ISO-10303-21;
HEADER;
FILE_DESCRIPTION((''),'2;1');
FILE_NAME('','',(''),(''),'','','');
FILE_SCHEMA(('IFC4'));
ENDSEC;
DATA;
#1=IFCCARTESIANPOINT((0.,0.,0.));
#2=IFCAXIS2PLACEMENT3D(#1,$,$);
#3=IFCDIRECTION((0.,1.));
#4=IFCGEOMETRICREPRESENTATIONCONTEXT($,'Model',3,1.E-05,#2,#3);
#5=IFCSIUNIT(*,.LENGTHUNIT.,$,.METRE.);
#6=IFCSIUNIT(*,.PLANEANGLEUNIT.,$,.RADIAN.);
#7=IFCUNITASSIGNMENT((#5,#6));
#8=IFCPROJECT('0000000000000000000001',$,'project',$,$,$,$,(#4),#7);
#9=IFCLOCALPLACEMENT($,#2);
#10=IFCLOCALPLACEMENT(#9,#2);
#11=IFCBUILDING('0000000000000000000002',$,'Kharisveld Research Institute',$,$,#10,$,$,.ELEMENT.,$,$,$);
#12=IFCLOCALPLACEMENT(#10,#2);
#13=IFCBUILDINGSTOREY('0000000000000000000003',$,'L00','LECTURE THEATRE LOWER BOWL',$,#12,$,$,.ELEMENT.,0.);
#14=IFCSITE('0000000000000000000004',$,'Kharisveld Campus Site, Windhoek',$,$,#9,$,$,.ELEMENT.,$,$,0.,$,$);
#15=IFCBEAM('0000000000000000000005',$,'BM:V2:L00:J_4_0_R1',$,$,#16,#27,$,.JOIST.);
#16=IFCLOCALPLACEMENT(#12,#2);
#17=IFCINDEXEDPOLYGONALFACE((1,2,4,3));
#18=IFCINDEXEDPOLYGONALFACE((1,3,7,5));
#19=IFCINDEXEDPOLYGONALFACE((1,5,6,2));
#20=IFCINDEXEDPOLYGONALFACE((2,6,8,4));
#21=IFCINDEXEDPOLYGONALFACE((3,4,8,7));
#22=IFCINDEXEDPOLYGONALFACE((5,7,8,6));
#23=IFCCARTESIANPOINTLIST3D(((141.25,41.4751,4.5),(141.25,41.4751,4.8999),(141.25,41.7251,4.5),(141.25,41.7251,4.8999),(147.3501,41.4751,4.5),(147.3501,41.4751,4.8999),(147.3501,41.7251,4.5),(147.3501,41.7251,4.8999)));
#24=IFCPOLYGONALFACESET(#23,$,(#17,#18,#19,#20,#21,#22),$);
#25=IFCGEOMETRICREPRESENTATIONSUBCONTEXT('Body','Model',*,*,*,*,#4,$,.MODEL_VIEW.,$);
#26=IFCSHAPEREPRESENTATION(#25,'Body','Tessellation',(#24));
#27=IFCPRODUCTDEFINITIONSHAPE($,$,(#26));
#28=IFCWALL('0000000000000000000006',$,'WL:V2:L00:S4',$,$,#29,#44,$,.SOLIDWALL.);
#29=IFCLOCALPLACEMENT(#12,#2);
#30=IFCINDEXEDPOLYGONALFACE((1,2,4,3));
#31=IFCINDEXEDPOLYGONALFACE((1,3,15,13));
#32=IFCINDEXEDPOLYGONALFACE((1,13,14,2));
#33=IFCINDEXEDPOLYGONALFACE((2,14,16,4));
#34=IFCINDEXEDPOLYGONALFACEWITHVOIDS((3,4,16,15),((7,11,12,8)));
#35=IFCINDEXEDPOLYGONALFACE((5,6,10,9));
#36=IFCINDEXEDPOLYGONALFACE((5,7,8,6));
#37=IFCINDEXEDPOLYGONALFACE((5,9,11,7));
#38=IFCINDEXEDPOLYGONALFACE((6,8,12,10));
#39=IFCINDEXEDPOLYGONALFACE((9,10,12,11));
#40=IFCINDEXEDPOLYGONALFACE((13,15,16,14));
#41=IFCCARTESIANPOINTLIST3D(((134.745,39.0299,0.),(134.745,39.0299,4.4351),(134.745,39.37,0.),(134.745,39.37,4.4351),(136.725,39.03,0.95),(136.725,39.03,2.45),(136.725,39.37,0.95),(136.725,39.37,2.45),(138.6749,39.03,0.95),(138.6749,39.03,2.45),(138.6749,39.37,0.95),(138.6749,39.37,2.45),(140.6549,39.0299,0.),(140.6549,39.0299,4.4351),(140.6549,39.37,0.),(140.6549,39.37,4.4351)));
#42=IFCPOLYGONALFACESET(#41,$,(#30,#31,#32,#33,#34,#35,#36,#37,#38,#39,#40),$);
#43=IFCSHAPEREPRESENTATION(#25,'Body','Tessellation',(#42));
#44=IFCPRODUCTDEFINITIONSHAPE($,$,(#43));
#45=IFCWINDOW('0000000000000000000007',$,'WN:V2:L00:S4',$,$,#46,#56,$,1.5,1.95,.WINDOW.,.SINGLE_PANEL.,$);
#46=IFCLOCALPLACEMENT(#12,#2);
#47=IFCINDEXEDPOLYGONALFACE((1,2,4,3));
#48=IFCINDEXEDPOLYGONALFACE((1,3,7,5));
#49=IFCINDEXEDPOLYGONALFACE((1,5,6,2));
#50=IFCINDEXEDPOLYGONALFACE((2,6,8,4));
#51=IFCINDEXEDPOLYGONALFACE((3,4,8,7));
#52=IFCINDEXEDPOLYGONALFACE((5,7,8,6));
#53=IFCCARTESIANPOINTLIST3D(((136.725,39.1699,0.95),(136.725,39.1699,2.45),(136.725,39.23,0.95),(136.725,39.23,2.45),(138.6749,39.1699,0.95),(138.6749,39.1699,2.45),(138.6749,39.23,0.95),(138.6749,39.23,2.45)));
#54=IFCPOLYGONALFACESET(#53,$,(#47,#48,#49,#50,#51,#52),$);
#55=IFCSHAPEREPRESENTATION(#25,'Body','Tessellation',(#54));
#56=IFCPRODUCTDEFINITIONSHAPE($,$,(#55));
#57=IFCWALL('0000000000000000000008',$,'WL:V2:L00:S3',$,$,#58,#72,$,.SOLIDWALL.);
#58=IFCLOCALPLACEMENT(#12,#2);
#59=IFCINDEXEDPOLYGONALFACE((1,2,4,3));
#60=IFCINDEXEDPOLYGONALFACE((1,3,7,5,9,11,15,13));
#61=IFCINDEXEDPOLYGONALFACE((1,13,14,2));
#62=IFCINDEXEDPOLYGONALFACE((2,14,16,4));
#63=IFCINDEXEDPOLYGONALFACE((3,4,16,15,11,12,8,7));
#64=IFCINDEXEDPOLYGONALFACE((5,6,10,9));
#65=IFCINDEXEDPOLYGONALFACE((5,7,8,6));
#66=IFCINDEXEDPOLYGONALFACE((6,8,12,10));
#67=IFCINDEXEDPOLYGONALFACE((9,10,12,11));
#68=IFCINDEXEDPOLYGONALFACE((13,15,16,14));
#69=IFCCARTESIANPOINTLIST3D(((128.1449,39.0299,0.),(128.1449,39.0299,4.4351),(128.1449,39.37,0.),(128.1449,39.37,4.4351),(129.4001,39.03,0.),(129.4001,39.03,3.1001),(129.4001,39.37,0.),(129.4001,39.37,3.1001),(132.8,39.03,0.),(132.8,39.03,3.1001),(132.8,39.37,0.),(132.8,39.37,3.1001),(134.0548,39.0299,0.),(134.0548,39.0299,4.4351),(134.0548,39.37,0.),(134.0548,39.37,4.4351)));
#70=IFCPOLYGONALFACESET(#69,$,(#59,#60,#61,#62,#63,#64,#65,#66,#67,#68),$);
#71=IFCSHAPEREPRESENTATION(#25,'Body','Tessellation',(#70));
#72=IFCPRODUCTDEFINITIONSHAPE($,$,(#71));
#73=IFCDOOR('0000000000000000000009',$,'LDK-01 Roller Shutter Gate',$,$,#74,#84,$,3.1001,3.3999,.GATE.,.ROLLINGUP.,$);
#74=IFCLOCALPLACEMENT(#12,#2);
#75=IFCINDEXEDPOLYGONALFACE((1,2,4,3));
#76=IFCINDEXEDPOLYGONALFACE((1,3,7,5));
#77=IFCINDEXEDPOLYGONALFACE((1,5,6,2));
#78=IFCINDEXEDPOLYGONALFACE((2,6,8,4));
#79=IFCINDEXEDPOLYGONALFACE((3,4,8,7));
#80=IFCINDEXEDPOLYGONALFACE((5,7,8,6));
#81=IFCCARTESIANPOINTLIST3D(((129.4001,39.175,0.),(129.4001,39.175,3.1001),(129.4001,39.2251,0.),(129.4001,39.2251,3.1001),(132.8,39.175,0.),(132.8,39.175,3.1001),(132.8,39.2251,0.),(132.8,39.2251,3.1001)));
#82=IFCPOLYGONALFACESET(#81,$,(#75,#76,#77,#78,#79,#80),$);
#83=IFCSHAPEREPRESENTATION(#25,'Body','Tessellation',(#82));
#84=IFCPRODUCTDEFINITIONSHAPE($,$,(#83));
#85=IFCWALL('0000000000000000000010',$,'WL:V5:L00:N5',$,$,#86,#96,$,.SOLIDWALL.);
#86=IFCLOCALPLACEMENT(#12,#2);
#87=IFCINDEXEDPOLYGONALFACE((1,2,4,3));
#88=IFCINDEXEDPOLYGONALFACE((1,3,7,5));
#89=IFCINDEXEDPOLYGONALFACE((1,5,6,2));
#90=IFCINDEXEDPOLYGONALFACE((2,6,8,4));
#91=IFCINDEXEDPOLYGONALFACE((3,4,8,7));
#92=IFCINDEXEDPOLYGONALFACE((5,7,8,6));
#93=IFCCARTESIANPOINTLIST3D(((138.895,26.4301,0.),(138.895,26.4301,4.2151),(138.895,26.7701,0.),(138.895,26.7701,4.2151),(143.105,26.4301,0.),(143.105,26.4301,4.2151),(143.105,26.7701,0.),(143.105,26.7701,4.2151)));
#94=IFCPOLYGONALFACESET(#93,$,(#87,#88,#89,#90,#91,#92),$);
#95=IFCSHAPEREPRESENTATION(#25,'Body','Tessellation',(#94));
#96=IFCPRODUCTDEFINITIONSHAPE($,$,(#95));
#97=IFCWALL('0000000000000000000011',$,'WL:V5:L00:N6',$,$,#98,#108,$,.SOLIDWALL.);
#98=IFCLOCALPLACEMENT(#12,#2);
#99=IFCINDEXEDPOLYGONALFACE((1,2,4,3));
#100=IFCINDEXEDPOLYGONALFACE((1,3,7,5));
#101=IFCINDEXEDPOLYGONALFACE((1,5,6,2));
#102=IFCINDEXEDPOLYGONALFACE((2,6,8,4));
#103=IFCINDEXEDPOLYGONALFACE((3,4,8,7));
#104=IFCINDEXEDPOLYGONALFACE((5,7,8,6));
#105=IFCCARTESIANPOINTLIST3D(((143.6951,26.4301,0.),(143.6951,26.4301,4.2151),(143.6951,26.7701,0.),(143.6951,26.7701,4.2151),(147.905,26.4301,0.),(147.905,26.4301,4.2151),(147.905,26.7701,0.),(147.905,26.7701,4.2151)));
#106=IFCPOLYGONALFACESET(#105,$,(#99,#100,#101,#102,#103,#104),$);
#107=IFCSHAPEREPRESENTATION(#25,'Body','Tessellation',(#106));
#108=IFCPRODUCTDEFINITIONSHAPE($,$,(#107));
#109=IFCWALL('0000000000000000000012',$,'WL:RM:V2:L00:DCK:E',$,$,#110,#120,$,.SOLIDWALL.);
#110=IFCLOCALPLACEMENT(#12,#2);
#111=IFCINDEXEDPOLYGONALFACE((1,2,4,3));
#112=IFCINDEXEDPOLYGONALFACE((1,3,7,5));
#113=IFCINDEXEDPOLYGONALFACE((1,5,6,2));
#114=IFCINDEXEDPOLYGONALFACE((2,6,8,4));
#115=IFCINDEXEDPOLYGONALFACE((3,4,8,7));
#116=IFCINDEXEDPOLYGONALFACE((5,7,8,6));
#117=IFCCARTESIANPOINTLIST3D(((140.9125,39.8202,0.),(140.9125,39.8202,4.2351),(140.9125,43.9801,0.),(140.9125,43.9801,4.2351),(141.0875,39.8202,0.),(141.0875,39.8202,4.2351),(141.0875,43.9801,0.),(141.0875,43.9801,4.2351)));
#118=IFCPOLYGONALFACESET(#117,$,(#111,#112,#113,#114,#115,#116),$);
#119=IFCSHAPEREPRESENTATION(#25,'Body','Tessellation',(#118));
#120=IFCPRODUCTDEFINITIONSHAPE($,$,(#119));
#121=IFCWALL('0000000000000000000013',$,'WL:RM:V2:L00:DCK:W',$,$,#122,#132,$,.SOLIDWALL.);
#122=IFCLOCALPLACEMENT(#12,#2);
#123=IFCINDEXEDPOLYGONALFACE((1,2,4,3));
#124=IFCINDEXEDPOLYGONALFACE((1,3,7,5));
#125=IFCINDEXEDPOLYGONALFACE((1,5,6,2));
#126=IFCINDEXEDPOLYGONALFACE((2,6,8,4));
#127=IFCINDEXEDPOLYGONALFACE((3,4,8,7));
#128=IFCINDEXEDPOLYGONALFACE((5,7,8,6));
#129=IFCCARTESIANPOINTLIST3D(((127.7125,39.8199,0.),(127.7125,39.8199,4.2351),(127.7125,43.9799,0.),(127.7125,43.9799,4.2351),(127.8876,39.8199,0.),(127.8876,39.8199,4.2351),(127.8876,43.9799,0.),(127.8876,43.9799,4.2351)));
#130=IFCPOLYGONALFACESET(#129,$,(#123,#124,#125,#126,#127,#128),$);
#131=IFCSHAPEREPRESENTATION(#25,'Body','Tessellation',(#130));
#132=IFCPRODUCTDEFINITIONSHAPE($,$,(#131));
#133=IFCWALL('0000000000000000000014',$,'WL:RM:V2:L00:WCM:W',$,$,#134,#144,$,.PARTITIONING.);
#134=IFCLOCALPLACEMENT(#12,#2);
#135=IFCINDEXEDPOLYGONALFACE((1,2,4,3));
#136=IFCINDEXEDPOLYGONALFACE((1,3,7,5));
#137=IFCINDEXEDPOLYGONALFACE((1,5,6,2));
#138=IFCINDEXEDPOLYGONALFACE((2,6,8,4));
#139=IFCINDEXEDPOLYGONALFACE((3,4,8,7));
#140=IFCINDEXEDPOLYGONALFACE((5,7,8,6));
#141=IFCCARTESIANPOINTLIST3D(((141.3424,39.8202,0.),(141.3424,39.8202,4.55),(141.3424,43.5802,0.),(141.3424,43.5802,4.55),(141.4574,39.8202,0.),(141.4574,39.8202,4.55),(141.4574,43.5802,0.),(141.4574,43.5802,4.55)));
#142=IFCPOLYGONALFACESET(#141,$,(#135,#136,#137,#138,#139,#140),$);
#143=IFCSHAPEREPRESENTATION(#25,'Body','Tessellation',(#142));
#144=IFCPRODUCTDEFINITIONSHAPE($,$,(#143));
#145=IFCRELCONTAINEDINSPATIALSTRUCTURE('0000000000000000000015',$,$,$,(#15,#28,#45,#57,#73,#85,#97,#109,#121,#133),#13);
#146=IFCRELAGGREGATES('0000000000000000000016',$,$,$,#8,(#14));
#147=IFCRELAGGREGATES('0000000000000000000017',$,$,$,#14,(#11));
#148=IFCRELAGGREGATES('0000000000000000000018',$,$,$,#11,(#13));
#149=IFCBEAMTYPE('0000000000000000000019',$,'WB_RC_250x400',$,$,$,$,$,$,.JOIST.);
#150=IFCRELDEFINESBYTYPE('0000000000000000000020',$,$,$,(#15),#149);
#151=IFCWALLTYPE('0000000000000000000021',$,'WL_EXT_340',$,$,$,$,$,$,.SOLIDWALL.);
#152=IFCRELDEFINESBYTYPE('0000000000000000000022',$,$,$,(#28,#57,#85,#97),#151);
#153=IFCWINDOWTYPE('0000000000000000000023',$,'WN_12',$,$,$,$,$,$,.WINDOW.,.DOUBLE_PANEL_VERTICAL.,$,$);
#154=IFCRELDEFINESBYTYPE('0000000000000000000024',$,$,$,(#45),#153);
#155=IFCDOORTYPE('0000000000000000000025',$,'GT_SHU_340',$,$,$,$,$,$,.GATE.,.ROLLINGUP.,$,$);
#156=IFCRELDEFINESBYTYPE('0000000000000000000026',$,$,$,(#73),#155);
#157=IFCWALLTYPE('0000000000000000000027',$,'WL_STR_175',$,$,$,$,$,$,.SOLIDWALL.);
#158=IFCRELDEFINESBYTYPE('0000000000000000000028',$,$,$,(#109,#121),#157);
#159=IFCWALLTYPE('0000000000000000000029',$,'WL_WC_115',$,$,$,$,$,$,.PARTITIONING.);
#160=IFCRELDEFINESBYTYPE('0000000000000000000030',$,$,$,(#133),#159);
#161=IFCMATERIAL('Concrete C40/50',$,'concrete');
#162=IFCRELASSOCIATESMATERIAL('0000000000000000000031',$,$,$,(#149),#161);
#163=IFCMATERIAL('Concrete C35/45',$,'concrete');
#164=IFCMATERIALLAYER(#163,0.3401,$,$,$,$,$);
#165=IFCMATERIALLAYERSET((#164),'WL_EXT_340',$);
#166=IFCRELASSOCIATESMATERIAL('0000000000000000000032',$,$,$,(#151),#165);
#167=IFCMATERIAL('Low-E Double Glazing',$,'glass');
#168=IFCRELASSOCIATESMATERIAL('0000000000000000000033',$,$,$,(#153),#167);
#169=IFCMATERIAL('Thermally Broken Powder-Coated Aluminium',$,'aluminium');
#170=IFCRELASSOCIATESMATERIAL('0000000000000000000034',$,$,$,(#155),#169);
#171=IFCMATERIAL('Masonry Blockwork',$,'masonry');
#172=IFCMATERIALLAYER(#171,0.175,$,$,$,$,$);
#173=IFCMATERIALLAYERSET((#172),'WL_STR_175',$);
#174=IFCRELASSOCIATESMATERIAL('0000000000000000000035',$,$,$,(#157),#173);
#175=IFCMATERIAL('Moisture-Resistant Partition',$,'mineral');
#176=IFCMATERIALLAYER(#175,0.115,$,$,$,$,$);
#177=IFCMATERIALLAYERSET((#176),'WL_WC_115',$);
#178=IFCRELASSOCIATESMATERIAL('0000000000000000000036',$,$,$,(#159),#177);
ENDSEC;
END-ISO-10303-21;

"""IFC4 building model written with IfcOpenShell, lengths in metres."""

from ifc_helpers import new_model, si_unit, direction, frame, frame_2d, origin, origin_2d, place, context, subcontext, project, spatial, rectangle, extrude, material, layer, layer_set, material_profile, profile_set, type_object, element, fill, save


model = new_model("IFC4")

# Units and contexts
model_context = context("Model", 3, precision=1e-05, world=origin(), true_north=direction((0.0, 1.0)))
body_context = subcontext(model_context, "Body", "Model", "MODEL_VIEW")
ifc_project = project(units=[si_unit("LENGTHUNIT", "METRE"), si_unit("PLANEANGLEUNIT", "RADIAN")], contexts=[model_context])

# Site, building, storey
site_placement = place(None, origin())
site = spatial("IfcSite", under=ifc_project, at=site_placement, Name="Kharisveld Campus Site, Windhoek", CompositionType="ELEMENT", RefElevation=0.0)
building_placement = place(site_placement, origin())
building = spatial("IfcBuilding", under=site, at=building_placement, Name="Kharisveld Research Institute", CompositionType="ELEMENT")
storey_placement = place(building_placement, origin())
storey = spatial("IfcBuildingStorey", under=building, at=storey_placement, Name="L00", Description="LECTURE THEATRE LOWER BOWL", CompositionType="ELEMENT", Elevation=0.0)

# Beam
ifc_material_1 = material(Name="Concrete C40/50", Category="concrete")
ifc_material_profile_1 = material_profile(ifc_material_1, rectangle(XDim=0.25, YDim=0.3999, at=origin_2d()))
ifc_profile_set_1 = profile_set([ifc_material_profile_1], Name="Concrete C40/50")
beam_type_1 = type_object("IfcBeamType", Name="WB_RC_250x400", PredefinedType="JOIST", material=ifc_profile_set_1)
for number, where, z_axis, x_axis, name in (
    (1, (141.25, 41.6001, 4.7), (1.0, 0.0, 0.0), (0.0, 1.0, 0.0), "BM:V2:L00:J_4_0_R1"),
):
    element("IfcBeam", number, at=place(storey_placement, frame(where, z_axis=z_axis, x_axis=x_axis)), inside=storey, type_object=beam_type_1, Name=name, PredefinedType="JOIST", context=body_context, shape_type="SweptSolid", body=[
        extrude(rectangle(XDim=0.25, YDim=0.3999, at=origin_2d()), origin(), (0.0, 0.0, 1.0), 6.1001),
    ])

# Wall, opening, window
ifc_material_2 = material(Name="Concrete C35/45", Category="concrete")
ifc_layer_1 = layer(ifc_material_2, 0.3401)
ifc_layer_set_1 = layer_set([ifc_layer_1], Name="WL_EXT_340")
wall_type_1 = type_object("IfcWallType", Name="WL_EXT_340", PredefinedType="SOLIDWALL", material=ifc_layer_set_1)
wall_1_placement = place(storey_placement, frame((140.655, 39.2, 0.0), z_axis=(0.0, 0.0, 1.0), x_axis=(-1.0, 0.0, 0.0)))
wall_1 = element("IfcWall", 2, at=wall_1_placement, inside=storey, type_object=wall_type_1, Name="WL:V2:L00:S4", PredefinedType="SOLIDWALL", context=body_context, shape_type="SweptSolid", body=[
    extrude(rectangle(XDim=5.9099, YDim=0.3401, at=frame_2d((2.9551, 0.0))), origin(), (0.0, 0.0, 1.0), 4.4351),
])
opening_1_placement = place(wall_1_placement, frame((1.98, 0.0, 0.95)))
opening_1 = element("IfcOpeningElement", 3, at=opening_1_placement, cuts=wall_1, PredefinedType="OPENING", context=body_context, shape_type="SweptSolid", body=[
    extrude(rectangle(XDim=1.95, YDim=1.5, at=frame_2d((0.9751, 0.75))), frame((0.0, 0.1699, 0.0), z_axis=(0.0, -1.0, 0.0), x_axis=(1.0, 0.0, 0.0)), (0.0, 0.0, 1.0), 0.3401),
])
ifc_material_3 = material(Name="Low-E Double Glazing", Category="glass")
window_type = type_object("IfcWindowType", Name="WN_12", PartitioningType="DOUBLE_PANEL_VERTICAL", PredefinedType="WINDOW", material=ifc_material_3)
window_placement = place(opening_1_placement, origin())
window = element("IfcWindow", 4, at=window_placement, inside=storey, type_object=window_type, Name="WN:V2:L00:S4", OverallHeight=1.5, OverallWidth=1.95, PartitioningType="SINGLE_PANEL", PredefinedType="WINDOW", context=body_context, shape_type="SweptSolid", body=[
    extrude(rectangle(XDim=1.95, YDim=1.5, at=frame_2d((0.9751, 0.75))), frame((0.0, 0.03, 0.0), z_axis=(0.0, -1.0, 0.0), x_axis=(1.0, 0.0, 0.0)), (0.0, 0.0, 1.0), 0.0601),
])
fill(opening_1, window)

# Wall, opening, door
wall_2_placement = place(storey_placement, frame((134.0549, 39.2, 0.0), z_axis=(0.0, 0.0, 1.0), x_axis=(-1.0, 0.0, 0.0)))
wall_2 = element("IfcWall", 5, at=wall_2_placement, inside=storey, type_object=wall_type_1, Name="WL:V2:L00:S3", PredefinedType="SOLIDWALL", context=body_context, shape_type="SweptSolid", body=[
    extrude(rectangle(XDim=5.9099, YDim=0.3401, at=frame_2d((2.9551, 0.0))), origin(), (0.0, 0.0, 1.0), 4.4351),
])
opening_2_placement = place(wall_2_placement, frame((1.2549, 0.0, 0.0)))
opening_2 = element("IfcOpeningElement", 6, at=opening_2_placement, cuts=wall_2, PredefinedType="OPENING", context=body_context, shape_type="SweptSolid", body=[
    extrude(rectangle(XDim=3.3999, YDim=3.1001, at=frame_2d((1.7, 1.55))), frame((0.0, 0.1699, 0.0), z_axis=(0.0, -1.0, 0.0), x_axis=(1.0, 0.0, 0.0)), (0.0, 0.0, 1.0), 0.3401),
])
ifc_material_4 = material(Name="Thermally Broken Powder-Coated Aluminium", Category="aluminium")
door_type = type_object("IfcDoorType", Name="GT_SHU_340", OperationType="ROLLINGUP", PredefinedType="GATE", material=ifc_material_4)
door_placement = place(opening_2_placement, origin())
door = element("IfcDoor", 7, at=door_placement, inside=storey, type_object=door_type, Name="LDK-01 Roller Shutter Gate", OperationType="ROLLINGUP", OverallHeight=3.1001, OverallWidth=3.3999, PredefinedType="GATE", context=body_context, shape_type="SweptSolid", body=[
    extrude(rectangle(XDim=3.3999, YDim=3.1001, at=frame_2d((1.7, 1.55))), frame((0.0, 0.0249, 0.0), z_axis=(0.0, -1.0, 0.0), x_axis=(1.0, 0.0, 0.0)), (0.0, 0.0, 1.0), 0.05),
])
fill(opening_2, door)

# Walls
for number, where, z_axis, x_axis, name in (
    (8, (138.895, 26.6001, 0.0), (0.0, 0.0, 1.0), (1.0, 0.0, 0.0), "WL:V5:L00:N5"),
    (9, (143.6951, 26.6001, 0.0), (0.0, 0.0, 1.0), (1.0, 0.0, 0.0), "WL:V5:L00:N6"),
):
    element("IfcWall", number, at=place(storey_placement, frame(where, z_axis=z_axis, x_axis=x_axis)), inside=storey, type_object=wall_type_1, Name=name, PredefinedType="SOLIDWALL", context=body_context, shape_type="SweptSolid", body=[
        extrude(rectangle(XDim=4.21, YDim=0.3401, at=frame_2d((2.105, 0.0))), origin(), (0.0, 0.0, 1.0), 4.2151),
    ])
ifc_material_5 = material(Name="Masonry Blockwork", Category="masonry")
ifc_layer_2 = layer(ifc_material_5, 0.175)
ifc_layer_set_2 = layer_set([ifc_layer_2], Name="WL_STR_175")
wall_type_2 = type_object("IfcWallType", Name="WL_STR_175", PredefinedType="SOLIDWALL", material=ifc_layer_set_2)
for number, where, z_axis, x_axis, name in (
    (10, (141.0, 39.8201, 0.0), (0.0, 0.0, 1.0), (0.0, 1.0, 0.0), "WL:RM:V2:L00:DCK:E"),
    (11, (127.8, 43.98, 0.0), (0.0, 0.0, 1.0), (0.0, -1.0, 0.0), "WL:RM:V2:L00:DCK:W"),
):
    element("IfcWall", number, at=place(storey_placement, frame(where, z_axis=z_axis, x_axis=x_axis)), inside=storey, type_object=wall_type_2, Name=name, PredefinedType="SOLIDWALL", context=body_context, shape_type="SweptSolid", body=[
        extrude(rectangle(XDim=4.1599, YDim=0.175, at=frame_2d((2.0801, 0.0))), origin(), (0.0, 0.0, 1.0), 4.2351),
    ])
ifc_material_6 = material(Name="Moisture-Resistant Partition", Category="mineral")
ifc_layer_3 = layer(ifc_material_6, 0.115)
ifc_layer_set_3 = layer_set([ifc_layer_3], Name="WL_WC_115")
wall_type_3 = type_object("IfcWallType", Name="WL_WC_115", PredefinedType="PARTITIONING", material=ifc_layer_set_3)
wall_3_placement = place(storey_placement, frame((141.3999, 43.5801, 0.0), z_axis=(0.0, 0.0, 1.0), x_axis=(0.0, -1.0, 0.0)))
element("IfcWall", 12, at=wall_3_placement, inside=storey, type_object=wall_type_3, Name="WL:RM:V2:L00:WCM:W", PredefinedType="PARTITIONING", context=body_context, shape_type="SweptSolid", body=[
    extrude(rectangle(XDim=3.76, YDim=0.115, at=frame_2d((1.8799, 0.0))), origin(), (0.0, 0.0, 1.0), 4.55),
])

save(model, "model.ifc")
